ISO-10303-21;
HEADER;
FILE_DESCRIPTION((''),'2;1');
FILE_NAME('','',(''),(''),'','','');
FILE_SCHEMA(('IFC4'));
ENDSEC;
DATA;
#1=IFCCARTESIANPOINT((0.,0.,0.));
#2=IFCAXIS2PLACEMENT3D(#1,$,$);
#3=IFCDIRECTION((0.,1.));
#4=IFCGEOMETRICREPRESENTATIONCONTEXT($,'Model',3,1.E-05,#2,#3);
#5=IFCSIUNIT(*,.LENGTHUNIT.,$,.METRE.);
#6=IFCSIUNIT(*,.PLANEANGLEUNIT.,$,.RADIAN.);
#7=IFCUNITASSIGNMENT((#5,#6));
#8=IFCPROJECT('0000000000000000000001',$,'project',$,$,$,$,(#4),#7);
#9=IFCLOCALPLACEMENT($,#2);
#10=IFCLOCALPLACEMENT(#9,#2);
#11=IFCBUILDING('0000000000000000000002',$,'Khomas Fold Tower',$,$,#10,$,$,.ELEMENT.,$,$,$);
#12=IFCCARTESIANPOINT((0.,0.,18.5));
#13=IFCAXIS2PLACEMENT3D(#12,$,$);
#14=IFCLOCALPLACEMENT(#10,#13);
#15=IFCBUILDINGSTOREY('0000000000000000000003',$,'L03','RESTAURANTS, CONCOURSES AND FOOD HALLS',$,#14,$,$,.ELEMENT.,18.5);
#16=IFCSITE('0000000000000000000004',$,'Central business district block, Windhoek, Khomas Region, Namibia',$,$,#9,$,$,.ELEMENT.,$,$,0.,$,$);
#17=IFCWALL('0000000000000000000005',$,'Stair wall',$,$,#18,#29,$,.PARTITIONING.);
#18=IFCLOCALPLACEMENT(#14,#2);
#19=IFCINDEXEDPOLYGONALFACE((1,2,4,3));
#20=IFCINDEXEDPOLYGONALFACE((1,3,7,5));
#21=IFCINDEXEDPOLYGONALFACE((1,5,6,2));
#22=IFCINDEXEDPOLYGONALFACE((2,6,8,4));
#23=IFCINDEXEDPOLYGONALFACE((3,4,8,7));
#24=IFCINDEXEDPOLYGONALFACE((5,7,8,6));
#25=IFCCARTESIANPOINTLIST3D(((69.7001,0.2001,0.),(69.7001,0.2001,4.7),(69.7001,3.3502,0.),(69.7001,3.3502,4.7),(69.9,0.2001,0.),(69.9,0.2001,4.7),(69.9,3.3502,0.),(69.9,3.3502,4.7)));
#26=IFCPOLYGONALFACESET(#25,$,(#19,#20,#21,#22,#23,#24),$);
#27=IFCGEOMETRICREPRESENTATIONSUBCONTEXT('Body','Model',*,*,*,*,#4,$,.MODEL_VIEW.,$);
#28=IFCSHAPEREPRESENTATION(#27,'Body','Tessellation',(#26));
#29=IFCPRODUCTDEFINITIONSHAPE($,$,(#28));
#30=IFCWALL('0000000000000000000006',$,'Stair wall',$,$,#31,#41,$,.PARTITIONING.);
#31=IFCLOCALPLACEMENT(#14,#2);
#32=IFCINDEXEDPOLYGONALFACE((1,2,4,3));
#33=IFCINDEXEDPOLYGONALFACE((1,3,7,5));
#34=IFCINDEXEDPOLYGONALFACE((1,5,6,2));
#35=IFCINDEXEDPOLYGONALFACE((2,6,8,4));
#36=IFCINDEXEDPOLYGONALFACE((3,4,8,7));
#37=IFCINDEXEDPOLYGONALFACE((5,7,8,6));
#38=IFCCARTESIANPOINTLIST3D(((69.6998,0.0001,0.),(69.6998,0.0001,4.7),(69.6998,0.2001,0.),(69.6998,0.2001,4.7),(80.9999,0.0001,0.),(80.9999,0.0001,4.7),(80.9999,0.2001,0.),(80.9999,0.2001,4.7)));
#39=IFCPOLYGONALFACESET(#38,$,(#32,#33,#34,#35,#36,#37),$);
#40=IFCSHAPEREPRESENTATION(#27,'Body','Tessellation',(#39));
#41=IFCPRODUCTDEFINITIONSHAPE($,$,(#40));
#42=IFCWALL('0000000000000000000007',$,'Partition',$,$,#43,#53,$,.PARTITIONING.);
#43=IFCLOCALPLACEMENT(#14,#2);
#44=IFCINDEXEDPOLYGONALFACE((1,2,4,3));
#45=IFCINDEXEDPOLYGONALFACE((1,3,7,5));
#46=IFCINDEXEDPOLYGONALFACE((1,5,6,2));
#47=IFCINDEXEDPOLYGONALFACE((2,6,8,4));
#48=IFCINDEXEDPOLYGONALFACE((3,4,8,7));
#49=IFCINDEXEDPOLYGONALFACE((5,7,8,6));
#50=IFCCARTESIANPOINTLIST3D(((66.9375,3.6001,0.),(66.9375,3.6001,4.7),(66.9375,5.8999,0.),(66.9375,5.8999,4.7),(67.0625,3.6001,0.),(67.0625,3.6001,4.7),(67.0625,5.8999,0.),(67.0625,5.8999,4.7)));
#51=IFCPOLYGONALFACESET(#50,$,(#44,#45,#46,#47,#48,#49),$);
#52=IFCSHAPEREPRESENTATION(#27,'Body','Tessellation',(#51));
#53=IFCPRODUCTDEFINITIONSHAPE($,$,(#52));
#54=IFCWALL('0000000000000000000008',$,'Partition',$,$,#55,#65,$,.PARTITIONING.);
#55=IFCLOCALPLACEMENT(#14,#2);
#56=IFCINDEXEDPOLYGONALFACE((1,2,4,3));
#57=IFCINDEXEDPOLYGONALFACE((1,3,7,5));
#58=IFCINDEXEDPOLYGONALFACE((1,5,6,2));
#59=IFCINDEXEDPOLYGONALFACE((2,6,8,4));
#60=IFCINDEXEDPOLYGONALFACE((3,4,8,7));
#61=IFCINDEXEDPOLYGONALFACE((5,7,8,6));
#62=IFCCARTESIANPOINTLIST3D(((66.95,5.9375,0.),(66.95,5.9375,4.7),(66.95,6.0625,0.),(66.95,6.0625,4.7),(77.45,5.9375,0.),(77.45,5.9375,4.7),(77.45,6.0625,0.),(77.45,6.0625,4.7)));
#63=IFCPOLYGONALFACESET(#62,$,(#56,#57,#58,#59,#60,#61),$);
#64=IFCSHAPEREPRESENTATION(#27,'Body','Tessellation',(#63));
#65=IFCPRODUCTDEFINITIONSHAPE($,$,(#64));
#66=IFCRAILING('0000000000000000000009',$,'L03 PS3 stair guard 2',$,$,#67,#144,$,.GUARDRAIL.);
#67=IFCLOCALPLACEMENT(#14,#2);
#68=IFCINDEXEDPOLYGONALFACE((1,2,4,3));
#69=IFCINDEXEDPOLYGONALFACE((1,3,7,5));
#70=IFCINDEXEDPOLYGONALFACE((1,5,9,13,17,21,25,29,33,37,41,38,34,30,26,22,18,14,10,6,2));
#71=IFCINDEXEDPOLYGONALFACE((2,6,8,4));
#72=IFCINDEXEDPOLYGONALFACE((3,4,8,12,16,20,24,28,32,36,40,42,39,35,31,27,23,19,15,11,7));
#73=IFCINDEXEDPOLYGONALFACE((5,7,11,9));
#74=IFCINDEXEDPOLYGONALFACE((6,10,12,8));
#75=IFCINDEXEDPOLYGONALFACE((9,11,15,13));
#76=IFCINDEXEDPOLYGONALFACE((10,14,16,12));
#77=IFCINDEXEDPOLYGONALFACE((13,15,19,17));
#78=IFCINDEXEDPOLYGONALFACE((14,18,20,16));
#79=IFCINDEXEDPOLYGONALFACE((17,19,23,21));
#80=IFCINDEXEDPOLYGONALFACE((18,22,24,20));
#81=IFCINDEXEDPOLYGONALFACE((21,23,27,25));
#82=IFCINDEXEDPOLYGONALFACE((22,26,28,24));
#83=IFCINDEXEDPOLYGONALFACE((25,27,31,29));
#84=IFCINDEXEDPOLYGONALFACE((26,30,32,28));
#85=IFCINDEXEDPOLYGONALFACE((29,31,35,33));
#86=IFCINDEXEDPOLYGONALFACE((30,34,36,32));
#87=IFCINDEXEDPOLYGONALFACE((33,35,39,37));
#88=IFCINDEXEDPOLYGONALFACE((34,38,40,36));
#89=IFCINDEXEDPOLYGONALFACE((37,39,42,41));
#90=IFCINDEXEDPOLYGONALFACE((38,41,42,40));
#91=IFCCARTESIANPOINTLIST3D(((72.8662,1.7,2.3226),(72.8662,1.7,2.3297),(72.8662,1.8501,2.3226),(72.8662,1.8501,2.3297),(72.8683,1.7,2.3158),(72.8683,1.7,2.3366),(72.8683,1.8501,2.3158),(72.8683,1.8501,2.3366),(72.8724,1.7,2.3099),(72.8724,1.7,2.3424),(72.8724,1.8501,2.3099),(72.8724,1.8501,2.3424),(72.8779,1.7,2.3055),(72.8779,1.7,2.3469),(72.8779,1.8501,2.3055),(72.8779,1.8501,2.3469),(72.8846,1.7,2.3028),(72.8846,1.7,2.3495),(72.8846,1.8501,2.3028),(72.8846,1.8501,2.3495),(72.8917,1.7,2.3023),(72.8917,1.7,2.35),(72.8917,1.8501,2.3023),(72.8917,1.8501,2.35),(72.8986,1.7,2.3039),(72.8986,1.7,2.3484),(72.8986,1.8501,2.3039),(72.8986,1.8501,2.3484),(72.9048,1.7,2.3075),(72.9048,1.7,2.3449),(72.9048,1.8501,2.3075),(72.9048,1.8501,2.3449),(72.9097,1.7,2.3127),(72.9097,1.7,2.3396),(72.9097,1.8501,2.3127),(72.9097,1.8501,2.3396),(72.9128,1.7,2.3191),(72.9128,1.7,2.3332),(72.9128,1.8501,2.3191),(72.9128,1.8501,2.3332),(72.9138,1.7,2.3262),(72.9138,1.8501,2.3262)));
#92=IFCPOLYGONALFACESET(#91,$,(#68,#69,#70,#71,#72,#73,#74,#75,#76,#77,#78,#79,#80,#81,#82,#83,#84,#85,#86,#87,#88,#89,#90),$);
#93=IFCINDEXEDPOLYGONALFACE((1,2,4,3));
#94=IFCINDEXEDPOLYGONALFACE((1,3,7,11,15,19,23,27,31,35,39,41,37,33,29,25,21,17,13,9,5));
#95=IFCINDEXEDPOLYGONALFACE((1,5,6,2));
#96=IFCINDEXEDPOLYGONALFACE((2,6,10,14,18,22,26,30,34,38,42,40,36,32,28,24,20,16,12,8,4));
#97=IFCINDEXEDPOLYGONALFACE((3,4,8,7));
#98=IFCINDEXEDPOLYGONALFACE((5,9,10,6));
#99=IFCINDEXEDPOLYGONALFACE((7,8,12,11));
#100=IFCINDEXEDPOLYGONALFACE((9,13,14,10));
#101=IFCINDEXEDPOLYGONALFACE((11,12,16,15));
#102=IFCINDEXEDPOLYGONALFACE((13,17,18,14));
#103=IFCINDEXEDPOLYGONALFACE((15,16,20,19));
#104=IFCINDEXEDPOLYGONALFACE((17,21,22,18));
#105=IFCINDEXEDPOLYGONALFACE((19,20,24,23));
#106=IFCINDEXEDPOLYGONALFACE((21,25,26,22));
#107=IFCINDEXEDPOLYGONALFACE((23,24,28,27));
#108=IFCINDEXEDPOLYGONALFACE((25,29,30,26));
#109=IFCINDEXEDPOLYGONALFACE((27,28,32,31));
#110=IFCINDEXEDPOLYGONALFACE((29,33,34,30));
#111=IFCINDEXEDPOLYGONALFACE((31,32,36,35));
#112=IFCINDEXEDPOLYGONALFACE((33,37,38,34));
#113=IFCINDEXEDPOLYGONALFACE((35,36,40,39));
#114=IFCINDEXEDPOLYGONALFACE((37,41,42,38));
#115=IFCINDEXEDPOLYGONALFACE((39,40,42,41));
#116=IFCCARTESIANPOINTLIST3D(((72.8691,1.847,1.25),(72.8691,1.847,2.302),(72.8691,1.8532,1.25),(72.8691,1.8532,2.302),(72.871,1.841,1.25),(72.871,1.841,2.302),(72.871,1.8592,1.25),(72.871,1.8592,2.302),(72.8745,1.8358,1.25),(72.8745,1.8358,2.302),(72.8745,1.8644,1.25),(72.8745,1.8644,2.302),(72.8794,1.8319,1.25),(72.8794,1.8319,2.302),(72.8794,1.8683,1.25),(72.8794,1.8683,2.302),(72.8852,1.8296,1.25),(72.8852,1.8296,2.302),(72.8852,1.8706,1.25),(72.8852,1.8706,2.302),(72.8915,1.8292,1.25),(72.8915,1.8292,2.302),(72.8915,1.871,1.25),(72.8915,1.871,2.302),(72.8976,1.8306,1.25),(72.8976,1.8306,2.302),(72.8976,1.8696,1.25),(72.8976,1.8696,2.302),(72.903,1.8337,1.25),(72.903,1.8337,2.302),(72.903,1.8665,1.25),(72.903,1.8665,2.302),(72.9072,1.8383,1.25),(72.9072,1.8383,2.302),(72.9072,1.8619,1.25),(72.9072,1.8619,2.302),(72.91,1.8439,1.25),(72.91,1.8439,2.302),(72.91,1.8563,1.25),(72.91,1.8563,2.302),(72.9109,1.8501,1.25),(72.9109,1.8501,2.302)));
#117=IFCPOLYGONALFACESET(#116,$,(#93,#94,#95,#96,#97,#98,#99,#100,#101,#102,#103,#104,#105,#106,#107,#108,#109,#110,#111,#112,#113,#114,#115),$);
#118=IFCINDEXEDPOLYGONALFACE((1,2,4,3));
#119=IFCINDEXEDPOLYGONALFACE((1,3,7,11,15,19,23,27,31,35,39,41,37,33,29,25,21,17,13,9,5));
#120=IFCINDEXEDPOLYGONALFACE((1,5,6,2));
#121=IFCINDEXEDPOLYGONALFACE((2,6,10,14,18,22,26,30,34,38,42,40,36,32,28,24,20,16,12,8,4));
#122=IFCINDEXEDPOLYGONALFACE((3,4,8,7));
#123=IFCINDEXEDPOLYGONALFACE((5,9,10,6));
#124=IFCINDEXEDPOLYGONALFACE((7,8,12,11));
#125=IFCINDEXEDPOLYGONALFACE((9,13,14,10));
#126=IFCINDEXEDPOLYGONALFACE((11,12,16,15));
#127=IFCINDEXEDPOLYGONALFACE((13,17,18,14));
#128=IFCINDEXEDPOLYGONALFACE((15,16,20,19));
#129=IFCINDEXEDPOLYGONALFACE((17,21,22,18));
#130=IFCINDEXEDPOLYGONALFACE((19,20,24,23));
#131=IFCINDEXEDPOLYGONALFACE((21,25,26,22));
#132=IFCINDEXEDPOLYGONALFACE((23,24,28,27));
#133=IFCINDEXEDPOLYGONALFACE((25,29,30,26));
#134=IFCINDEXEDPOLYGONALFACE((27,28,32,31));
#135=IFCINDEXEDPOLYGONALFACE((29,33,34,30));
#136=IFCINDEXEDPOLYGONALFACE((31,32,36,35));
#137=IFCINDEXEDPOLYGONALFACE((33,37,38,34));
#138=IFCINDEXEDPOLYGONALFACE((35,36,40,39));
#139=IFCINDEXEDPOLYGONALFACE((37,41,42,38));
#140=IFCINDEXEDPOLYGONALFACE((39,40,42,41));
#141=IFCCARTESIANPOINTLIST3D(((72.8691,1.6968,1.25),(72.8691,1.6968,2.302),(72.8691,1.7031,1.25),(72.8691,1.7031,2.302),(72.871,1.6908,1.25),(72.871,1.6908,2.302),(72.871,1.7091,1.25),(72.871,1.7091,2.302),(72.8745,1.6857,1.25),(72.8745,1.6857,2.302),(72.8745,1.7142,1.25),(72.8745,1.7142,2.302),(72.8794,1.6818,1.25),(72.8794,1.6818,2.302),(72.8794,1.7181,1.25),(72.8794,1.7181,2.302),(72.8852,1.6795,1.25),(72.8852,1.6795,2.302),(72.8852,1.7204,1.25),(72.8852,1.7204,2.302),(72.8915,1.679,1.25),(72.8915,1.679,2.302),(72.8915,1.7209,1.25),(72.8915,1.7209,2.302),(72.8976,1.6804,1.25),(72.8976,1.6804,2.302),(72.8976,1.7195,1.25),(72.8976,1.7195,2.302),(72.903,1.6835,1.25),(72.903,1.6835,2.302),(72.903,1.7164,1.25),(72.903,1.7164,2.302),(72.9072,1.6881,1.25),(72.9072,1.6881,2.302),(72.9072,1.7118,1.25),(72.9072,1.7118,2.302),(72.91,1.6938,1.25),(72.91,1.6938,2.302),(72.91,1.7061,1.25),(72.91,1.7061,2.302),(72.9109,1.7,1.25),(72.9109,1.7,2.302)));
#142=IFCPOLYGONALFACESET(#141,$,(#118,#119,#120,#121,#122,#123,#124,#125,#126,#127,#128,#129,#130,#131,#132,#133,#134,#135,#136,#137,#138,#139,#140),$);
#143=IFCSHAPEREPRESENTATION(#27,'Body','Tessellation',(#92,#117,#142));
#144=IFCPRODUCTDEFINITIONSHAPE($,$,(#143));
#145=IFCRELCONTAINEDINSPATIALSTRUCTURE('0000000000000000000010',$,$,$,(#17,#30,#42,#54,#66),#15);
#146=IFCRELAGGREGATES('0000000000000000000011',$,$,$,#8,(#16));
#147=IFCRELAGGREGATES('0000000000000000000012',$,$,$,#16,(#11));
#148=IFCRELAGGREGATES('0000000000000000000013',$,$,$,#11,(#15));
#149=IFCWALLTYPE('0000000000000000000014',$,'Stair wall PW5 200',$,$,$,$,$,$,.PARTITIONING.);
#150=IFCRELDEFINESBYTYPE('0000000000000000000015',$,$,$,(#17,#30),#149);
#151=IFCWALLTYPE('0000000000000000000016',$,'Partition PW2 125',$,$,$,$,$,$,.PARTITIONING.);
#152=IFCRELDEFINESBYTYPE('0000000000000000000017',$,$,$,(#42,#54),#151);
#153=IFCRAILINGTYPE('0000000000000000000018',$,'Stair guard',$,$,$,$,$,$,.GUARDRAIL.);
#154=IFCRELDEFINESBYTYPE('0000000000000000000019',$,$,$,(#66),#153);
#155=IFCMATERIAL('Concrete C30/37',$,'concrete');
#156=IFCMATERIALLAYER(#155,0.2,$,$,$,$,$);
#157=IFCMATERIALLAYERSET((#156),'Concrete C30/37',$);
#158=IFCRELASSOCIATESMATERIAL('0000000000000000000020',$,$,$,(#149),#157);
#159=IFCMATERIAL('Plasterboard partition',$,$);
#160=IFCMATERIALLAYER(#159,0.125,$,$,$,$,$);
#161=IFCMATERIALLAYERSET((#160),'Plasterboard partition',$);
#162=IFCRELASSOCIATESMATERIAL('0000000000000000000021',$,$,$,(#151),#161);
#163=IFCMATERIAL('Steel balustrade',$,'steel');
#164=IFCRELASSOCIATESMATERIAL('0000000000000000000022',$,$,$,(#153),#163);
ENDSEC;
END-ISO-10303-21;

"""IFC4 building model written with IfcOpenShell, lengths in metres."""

from ifc_helpers import new_model, si_unit, direction, frame, frame_2d, origin, origin_2d, place, context, subcontext, project, spatial, rectangle, circle, extrude, source, transform, mapped, material, layer, layer_set, type_object, element, save


model = new_model("IFC4")

# Units and contexts
model_context = context("Model", 3, precision=1e-05, world=origin(), true_north=direction((0.0, 1.0)))
body_context = subcontext(model_context, "Body", "Model", "MODEL_VIEW")
ifc_project = project(units=[si_unit("LENGTHUNIT", "METRE"), si_unit("PLANEANGLEUNIT", "RADIAN")], contexts=[model_context])

# Site, building, storey
site_placement = place(None, origin())
site = spatial("IfcSite", under=ifc_project, at=site_placement, Name="Central business district block, Windhoek, Khomas Region, Namibia", CompositionType="ELEMENT", RefElevation=0.0)
building_placement = place(site_placement, origin())
building = spatial("IfcBuilding", under=site, at=building_placement, Name="Khomas Fold Tower", CompositionType="ELEMENT")
storey_placement = place(building_placement, frame((0.0, 0.0, 18.5)))
storey = spatial("IfcBuildingStorey", under=building, at=storey_placement, Name="L03", Description="RESTAURANTS, CONCOURSES AND FOOD HALLS", CompositionType="ELEMENT", Elevation=18.5)

# Shared definitions
ifc_material_1 = material(Name="Concrete C30/37", Category="concrete")
ifc_layer_1 = layer(ifc_material_1, 0.2)
ifc_layer_set_1 = layer_set([ifc_layer_1], Name="Concrete C30/37")
wall_type_1 = type_object("IfcWallType", Name="Stair wall PW5 200", PredefinedType="PARTITIONING", material=ifc_layer_set_1)

# Walls
shared_shape_1 = source(origin(), body_context, "Body", "SweptSolid", [
    extrude(rectangle(XDim=3.1501, YDim=0.2, at=frame_2d((1.5752, 0.0))), origin(), (0.0, 0.0, 1.0), 4.7),
])
wall_1_placement = place(storey_placement, frame((69.8, 0.2, 0.0), z_axis=(0.0, 0.0, 1.0), x_axis=(0.0, 1.0, 0.0)))
element("IfcWall", 1, at=wall_1_placement, inside=storey, type_object=wall_type_1, Name="Stair wall", PredefinedType="PARTITIONING", context=body_context, shape_type="MappedRepresentation", body=[
    mapped(shared_shape_1, transform((0.0, 0.0, 0.0))),
])
shared_shape_2 = source(origin(), body_context, "Body", "SweptSolid", [
    extrude(rectangle(XDim=11.3, YDim=0.2, at=frame_2d((5.6499, 0.0))), origin(), (0.0, 0.0, 1.0), 4.7),
])
wall_2_placement = place(storey_placement, frame((69.7, 0.1001, 0.0), z_axis=(0.0, 0.0, 1.0), x_axis=(1.0, 0.0, 0.0)))
element("IfcWall", 2, at=wall_2_placement, inside=storey, type_object=wall_type_1, Name="Stair wall", PredefinedType="PARTITIONING", context=body_context, shape_type="MappedRepresentation", body=[
    mapped(shared_shape_2, transform((0.0, 0.0, 0.0))),
])
ifc_material_2 = material(Name="Plasterboard partition")
ifc_layer_2 = layer(ifc_material_2, 0.125)
ifc_layer_set_2 = layer_set([ifc_layer_2], Name="Plasterboard partition")
wall_type_2 = type_object("IfcWallType", Name="Partition PW2 125", PredefinedType="PARTITIONING", material=ifc_layer_set_2)
shared_shape_3 = source(origin(), body_context, "Body", "SweptSolid", [
    extrude(rectangle(XDim=2.2998, YDim=0.125, at=frame_2d((1.1499, 0.0))), origin(), (0.0, 0.0, 1.0), 4.7),
])
wall_3_placement = place(storey_placement, frame((67.0, 3.6001, 0.0), z_axis=(0.0, 0.0, 1.0), x_axis=(0.0, 1.0, 0.0)))
element("IfcWall", 3, at=wall_3_placement, inside=storey, type_object=wall_type_2, Name="Partition", PredefinedType="PARTITIONING", context=body_context, shape_type="MappedRepresentation", body=[
    mapped(shared_shape_3, transform((0.0, 0.0, 0.0))),
])
shared_shape_4 = source(origin(), body_context, "Body", "SweptSolid", [
    extrude(rectangle(XDim=10.5, YDim=0.125, at=frame_2d((5.25, 0.0))), origin(), (0.0, 0.0, 1.0), 4.7),
])
wall_4_placement = place(storey_placement, frame((66.95, 6.0, 0.0), z_axis=(0.0, 0.0, 1.0), x_axis=(1.0, 0.0, 0.0)))
element("IfcWall", 4, at=wall_4_placement, inside=storey, type_object=wall_type_2, Name="Partition", PredefinedType="PARTITIONING", context=body_context, shape_type="MappedRepresentation", body=[
    mapped(shared_shape_4, transform((0.0, 0.0, 0.0))),
])

# Railing
ifc_material_3 = material(Name="Steel balustrade", Category="steel")
railing_type_1 = type_object("IfcRailingType", Name="Stair guard", PredefinedType="GUARDRAIL", material=ifc_material_3)
shared_shape_5 = source(origin(), body_context, "Body", "SweptSolid", [
    extrude(circle(Radius=0.0239, at=origin_2d()), frame((0.0, 0.0, 1.0762), z_axis=(0.0, -1.0, 0.0), x_axis=(1.0, 0.0, 0.0)), (0.0, 0.0, 1.0), 0.1501),
    extrude(circle(Radius=0.021, at=origin_2d()), origin(), (0.0, 0.0, 1.0), 1.052),
    extrude(circle(Radius=0.021, at=origin_2d()), frame((0.0, -0.1501, 0.0)), (0.0, 0.0, 1.0), 1.052),
])
for number, where, name in (
    (5, (72.8899, 1.8501, 1.25), "L03 PS3 stair guard 2"),
):
    element("IfcRailing", number, at=place(storey_placement, frame(where)), inside=storey, type_object=railing_type_1, Name=name, PredefinedType="GUARDRAIL", context=body_context, shape_type="MappedRepresentation", body=[
        mapped(shared_shape_5, transform((0.0, 0.0, 0.0))),
    ])

save(model, "model.ifc")
